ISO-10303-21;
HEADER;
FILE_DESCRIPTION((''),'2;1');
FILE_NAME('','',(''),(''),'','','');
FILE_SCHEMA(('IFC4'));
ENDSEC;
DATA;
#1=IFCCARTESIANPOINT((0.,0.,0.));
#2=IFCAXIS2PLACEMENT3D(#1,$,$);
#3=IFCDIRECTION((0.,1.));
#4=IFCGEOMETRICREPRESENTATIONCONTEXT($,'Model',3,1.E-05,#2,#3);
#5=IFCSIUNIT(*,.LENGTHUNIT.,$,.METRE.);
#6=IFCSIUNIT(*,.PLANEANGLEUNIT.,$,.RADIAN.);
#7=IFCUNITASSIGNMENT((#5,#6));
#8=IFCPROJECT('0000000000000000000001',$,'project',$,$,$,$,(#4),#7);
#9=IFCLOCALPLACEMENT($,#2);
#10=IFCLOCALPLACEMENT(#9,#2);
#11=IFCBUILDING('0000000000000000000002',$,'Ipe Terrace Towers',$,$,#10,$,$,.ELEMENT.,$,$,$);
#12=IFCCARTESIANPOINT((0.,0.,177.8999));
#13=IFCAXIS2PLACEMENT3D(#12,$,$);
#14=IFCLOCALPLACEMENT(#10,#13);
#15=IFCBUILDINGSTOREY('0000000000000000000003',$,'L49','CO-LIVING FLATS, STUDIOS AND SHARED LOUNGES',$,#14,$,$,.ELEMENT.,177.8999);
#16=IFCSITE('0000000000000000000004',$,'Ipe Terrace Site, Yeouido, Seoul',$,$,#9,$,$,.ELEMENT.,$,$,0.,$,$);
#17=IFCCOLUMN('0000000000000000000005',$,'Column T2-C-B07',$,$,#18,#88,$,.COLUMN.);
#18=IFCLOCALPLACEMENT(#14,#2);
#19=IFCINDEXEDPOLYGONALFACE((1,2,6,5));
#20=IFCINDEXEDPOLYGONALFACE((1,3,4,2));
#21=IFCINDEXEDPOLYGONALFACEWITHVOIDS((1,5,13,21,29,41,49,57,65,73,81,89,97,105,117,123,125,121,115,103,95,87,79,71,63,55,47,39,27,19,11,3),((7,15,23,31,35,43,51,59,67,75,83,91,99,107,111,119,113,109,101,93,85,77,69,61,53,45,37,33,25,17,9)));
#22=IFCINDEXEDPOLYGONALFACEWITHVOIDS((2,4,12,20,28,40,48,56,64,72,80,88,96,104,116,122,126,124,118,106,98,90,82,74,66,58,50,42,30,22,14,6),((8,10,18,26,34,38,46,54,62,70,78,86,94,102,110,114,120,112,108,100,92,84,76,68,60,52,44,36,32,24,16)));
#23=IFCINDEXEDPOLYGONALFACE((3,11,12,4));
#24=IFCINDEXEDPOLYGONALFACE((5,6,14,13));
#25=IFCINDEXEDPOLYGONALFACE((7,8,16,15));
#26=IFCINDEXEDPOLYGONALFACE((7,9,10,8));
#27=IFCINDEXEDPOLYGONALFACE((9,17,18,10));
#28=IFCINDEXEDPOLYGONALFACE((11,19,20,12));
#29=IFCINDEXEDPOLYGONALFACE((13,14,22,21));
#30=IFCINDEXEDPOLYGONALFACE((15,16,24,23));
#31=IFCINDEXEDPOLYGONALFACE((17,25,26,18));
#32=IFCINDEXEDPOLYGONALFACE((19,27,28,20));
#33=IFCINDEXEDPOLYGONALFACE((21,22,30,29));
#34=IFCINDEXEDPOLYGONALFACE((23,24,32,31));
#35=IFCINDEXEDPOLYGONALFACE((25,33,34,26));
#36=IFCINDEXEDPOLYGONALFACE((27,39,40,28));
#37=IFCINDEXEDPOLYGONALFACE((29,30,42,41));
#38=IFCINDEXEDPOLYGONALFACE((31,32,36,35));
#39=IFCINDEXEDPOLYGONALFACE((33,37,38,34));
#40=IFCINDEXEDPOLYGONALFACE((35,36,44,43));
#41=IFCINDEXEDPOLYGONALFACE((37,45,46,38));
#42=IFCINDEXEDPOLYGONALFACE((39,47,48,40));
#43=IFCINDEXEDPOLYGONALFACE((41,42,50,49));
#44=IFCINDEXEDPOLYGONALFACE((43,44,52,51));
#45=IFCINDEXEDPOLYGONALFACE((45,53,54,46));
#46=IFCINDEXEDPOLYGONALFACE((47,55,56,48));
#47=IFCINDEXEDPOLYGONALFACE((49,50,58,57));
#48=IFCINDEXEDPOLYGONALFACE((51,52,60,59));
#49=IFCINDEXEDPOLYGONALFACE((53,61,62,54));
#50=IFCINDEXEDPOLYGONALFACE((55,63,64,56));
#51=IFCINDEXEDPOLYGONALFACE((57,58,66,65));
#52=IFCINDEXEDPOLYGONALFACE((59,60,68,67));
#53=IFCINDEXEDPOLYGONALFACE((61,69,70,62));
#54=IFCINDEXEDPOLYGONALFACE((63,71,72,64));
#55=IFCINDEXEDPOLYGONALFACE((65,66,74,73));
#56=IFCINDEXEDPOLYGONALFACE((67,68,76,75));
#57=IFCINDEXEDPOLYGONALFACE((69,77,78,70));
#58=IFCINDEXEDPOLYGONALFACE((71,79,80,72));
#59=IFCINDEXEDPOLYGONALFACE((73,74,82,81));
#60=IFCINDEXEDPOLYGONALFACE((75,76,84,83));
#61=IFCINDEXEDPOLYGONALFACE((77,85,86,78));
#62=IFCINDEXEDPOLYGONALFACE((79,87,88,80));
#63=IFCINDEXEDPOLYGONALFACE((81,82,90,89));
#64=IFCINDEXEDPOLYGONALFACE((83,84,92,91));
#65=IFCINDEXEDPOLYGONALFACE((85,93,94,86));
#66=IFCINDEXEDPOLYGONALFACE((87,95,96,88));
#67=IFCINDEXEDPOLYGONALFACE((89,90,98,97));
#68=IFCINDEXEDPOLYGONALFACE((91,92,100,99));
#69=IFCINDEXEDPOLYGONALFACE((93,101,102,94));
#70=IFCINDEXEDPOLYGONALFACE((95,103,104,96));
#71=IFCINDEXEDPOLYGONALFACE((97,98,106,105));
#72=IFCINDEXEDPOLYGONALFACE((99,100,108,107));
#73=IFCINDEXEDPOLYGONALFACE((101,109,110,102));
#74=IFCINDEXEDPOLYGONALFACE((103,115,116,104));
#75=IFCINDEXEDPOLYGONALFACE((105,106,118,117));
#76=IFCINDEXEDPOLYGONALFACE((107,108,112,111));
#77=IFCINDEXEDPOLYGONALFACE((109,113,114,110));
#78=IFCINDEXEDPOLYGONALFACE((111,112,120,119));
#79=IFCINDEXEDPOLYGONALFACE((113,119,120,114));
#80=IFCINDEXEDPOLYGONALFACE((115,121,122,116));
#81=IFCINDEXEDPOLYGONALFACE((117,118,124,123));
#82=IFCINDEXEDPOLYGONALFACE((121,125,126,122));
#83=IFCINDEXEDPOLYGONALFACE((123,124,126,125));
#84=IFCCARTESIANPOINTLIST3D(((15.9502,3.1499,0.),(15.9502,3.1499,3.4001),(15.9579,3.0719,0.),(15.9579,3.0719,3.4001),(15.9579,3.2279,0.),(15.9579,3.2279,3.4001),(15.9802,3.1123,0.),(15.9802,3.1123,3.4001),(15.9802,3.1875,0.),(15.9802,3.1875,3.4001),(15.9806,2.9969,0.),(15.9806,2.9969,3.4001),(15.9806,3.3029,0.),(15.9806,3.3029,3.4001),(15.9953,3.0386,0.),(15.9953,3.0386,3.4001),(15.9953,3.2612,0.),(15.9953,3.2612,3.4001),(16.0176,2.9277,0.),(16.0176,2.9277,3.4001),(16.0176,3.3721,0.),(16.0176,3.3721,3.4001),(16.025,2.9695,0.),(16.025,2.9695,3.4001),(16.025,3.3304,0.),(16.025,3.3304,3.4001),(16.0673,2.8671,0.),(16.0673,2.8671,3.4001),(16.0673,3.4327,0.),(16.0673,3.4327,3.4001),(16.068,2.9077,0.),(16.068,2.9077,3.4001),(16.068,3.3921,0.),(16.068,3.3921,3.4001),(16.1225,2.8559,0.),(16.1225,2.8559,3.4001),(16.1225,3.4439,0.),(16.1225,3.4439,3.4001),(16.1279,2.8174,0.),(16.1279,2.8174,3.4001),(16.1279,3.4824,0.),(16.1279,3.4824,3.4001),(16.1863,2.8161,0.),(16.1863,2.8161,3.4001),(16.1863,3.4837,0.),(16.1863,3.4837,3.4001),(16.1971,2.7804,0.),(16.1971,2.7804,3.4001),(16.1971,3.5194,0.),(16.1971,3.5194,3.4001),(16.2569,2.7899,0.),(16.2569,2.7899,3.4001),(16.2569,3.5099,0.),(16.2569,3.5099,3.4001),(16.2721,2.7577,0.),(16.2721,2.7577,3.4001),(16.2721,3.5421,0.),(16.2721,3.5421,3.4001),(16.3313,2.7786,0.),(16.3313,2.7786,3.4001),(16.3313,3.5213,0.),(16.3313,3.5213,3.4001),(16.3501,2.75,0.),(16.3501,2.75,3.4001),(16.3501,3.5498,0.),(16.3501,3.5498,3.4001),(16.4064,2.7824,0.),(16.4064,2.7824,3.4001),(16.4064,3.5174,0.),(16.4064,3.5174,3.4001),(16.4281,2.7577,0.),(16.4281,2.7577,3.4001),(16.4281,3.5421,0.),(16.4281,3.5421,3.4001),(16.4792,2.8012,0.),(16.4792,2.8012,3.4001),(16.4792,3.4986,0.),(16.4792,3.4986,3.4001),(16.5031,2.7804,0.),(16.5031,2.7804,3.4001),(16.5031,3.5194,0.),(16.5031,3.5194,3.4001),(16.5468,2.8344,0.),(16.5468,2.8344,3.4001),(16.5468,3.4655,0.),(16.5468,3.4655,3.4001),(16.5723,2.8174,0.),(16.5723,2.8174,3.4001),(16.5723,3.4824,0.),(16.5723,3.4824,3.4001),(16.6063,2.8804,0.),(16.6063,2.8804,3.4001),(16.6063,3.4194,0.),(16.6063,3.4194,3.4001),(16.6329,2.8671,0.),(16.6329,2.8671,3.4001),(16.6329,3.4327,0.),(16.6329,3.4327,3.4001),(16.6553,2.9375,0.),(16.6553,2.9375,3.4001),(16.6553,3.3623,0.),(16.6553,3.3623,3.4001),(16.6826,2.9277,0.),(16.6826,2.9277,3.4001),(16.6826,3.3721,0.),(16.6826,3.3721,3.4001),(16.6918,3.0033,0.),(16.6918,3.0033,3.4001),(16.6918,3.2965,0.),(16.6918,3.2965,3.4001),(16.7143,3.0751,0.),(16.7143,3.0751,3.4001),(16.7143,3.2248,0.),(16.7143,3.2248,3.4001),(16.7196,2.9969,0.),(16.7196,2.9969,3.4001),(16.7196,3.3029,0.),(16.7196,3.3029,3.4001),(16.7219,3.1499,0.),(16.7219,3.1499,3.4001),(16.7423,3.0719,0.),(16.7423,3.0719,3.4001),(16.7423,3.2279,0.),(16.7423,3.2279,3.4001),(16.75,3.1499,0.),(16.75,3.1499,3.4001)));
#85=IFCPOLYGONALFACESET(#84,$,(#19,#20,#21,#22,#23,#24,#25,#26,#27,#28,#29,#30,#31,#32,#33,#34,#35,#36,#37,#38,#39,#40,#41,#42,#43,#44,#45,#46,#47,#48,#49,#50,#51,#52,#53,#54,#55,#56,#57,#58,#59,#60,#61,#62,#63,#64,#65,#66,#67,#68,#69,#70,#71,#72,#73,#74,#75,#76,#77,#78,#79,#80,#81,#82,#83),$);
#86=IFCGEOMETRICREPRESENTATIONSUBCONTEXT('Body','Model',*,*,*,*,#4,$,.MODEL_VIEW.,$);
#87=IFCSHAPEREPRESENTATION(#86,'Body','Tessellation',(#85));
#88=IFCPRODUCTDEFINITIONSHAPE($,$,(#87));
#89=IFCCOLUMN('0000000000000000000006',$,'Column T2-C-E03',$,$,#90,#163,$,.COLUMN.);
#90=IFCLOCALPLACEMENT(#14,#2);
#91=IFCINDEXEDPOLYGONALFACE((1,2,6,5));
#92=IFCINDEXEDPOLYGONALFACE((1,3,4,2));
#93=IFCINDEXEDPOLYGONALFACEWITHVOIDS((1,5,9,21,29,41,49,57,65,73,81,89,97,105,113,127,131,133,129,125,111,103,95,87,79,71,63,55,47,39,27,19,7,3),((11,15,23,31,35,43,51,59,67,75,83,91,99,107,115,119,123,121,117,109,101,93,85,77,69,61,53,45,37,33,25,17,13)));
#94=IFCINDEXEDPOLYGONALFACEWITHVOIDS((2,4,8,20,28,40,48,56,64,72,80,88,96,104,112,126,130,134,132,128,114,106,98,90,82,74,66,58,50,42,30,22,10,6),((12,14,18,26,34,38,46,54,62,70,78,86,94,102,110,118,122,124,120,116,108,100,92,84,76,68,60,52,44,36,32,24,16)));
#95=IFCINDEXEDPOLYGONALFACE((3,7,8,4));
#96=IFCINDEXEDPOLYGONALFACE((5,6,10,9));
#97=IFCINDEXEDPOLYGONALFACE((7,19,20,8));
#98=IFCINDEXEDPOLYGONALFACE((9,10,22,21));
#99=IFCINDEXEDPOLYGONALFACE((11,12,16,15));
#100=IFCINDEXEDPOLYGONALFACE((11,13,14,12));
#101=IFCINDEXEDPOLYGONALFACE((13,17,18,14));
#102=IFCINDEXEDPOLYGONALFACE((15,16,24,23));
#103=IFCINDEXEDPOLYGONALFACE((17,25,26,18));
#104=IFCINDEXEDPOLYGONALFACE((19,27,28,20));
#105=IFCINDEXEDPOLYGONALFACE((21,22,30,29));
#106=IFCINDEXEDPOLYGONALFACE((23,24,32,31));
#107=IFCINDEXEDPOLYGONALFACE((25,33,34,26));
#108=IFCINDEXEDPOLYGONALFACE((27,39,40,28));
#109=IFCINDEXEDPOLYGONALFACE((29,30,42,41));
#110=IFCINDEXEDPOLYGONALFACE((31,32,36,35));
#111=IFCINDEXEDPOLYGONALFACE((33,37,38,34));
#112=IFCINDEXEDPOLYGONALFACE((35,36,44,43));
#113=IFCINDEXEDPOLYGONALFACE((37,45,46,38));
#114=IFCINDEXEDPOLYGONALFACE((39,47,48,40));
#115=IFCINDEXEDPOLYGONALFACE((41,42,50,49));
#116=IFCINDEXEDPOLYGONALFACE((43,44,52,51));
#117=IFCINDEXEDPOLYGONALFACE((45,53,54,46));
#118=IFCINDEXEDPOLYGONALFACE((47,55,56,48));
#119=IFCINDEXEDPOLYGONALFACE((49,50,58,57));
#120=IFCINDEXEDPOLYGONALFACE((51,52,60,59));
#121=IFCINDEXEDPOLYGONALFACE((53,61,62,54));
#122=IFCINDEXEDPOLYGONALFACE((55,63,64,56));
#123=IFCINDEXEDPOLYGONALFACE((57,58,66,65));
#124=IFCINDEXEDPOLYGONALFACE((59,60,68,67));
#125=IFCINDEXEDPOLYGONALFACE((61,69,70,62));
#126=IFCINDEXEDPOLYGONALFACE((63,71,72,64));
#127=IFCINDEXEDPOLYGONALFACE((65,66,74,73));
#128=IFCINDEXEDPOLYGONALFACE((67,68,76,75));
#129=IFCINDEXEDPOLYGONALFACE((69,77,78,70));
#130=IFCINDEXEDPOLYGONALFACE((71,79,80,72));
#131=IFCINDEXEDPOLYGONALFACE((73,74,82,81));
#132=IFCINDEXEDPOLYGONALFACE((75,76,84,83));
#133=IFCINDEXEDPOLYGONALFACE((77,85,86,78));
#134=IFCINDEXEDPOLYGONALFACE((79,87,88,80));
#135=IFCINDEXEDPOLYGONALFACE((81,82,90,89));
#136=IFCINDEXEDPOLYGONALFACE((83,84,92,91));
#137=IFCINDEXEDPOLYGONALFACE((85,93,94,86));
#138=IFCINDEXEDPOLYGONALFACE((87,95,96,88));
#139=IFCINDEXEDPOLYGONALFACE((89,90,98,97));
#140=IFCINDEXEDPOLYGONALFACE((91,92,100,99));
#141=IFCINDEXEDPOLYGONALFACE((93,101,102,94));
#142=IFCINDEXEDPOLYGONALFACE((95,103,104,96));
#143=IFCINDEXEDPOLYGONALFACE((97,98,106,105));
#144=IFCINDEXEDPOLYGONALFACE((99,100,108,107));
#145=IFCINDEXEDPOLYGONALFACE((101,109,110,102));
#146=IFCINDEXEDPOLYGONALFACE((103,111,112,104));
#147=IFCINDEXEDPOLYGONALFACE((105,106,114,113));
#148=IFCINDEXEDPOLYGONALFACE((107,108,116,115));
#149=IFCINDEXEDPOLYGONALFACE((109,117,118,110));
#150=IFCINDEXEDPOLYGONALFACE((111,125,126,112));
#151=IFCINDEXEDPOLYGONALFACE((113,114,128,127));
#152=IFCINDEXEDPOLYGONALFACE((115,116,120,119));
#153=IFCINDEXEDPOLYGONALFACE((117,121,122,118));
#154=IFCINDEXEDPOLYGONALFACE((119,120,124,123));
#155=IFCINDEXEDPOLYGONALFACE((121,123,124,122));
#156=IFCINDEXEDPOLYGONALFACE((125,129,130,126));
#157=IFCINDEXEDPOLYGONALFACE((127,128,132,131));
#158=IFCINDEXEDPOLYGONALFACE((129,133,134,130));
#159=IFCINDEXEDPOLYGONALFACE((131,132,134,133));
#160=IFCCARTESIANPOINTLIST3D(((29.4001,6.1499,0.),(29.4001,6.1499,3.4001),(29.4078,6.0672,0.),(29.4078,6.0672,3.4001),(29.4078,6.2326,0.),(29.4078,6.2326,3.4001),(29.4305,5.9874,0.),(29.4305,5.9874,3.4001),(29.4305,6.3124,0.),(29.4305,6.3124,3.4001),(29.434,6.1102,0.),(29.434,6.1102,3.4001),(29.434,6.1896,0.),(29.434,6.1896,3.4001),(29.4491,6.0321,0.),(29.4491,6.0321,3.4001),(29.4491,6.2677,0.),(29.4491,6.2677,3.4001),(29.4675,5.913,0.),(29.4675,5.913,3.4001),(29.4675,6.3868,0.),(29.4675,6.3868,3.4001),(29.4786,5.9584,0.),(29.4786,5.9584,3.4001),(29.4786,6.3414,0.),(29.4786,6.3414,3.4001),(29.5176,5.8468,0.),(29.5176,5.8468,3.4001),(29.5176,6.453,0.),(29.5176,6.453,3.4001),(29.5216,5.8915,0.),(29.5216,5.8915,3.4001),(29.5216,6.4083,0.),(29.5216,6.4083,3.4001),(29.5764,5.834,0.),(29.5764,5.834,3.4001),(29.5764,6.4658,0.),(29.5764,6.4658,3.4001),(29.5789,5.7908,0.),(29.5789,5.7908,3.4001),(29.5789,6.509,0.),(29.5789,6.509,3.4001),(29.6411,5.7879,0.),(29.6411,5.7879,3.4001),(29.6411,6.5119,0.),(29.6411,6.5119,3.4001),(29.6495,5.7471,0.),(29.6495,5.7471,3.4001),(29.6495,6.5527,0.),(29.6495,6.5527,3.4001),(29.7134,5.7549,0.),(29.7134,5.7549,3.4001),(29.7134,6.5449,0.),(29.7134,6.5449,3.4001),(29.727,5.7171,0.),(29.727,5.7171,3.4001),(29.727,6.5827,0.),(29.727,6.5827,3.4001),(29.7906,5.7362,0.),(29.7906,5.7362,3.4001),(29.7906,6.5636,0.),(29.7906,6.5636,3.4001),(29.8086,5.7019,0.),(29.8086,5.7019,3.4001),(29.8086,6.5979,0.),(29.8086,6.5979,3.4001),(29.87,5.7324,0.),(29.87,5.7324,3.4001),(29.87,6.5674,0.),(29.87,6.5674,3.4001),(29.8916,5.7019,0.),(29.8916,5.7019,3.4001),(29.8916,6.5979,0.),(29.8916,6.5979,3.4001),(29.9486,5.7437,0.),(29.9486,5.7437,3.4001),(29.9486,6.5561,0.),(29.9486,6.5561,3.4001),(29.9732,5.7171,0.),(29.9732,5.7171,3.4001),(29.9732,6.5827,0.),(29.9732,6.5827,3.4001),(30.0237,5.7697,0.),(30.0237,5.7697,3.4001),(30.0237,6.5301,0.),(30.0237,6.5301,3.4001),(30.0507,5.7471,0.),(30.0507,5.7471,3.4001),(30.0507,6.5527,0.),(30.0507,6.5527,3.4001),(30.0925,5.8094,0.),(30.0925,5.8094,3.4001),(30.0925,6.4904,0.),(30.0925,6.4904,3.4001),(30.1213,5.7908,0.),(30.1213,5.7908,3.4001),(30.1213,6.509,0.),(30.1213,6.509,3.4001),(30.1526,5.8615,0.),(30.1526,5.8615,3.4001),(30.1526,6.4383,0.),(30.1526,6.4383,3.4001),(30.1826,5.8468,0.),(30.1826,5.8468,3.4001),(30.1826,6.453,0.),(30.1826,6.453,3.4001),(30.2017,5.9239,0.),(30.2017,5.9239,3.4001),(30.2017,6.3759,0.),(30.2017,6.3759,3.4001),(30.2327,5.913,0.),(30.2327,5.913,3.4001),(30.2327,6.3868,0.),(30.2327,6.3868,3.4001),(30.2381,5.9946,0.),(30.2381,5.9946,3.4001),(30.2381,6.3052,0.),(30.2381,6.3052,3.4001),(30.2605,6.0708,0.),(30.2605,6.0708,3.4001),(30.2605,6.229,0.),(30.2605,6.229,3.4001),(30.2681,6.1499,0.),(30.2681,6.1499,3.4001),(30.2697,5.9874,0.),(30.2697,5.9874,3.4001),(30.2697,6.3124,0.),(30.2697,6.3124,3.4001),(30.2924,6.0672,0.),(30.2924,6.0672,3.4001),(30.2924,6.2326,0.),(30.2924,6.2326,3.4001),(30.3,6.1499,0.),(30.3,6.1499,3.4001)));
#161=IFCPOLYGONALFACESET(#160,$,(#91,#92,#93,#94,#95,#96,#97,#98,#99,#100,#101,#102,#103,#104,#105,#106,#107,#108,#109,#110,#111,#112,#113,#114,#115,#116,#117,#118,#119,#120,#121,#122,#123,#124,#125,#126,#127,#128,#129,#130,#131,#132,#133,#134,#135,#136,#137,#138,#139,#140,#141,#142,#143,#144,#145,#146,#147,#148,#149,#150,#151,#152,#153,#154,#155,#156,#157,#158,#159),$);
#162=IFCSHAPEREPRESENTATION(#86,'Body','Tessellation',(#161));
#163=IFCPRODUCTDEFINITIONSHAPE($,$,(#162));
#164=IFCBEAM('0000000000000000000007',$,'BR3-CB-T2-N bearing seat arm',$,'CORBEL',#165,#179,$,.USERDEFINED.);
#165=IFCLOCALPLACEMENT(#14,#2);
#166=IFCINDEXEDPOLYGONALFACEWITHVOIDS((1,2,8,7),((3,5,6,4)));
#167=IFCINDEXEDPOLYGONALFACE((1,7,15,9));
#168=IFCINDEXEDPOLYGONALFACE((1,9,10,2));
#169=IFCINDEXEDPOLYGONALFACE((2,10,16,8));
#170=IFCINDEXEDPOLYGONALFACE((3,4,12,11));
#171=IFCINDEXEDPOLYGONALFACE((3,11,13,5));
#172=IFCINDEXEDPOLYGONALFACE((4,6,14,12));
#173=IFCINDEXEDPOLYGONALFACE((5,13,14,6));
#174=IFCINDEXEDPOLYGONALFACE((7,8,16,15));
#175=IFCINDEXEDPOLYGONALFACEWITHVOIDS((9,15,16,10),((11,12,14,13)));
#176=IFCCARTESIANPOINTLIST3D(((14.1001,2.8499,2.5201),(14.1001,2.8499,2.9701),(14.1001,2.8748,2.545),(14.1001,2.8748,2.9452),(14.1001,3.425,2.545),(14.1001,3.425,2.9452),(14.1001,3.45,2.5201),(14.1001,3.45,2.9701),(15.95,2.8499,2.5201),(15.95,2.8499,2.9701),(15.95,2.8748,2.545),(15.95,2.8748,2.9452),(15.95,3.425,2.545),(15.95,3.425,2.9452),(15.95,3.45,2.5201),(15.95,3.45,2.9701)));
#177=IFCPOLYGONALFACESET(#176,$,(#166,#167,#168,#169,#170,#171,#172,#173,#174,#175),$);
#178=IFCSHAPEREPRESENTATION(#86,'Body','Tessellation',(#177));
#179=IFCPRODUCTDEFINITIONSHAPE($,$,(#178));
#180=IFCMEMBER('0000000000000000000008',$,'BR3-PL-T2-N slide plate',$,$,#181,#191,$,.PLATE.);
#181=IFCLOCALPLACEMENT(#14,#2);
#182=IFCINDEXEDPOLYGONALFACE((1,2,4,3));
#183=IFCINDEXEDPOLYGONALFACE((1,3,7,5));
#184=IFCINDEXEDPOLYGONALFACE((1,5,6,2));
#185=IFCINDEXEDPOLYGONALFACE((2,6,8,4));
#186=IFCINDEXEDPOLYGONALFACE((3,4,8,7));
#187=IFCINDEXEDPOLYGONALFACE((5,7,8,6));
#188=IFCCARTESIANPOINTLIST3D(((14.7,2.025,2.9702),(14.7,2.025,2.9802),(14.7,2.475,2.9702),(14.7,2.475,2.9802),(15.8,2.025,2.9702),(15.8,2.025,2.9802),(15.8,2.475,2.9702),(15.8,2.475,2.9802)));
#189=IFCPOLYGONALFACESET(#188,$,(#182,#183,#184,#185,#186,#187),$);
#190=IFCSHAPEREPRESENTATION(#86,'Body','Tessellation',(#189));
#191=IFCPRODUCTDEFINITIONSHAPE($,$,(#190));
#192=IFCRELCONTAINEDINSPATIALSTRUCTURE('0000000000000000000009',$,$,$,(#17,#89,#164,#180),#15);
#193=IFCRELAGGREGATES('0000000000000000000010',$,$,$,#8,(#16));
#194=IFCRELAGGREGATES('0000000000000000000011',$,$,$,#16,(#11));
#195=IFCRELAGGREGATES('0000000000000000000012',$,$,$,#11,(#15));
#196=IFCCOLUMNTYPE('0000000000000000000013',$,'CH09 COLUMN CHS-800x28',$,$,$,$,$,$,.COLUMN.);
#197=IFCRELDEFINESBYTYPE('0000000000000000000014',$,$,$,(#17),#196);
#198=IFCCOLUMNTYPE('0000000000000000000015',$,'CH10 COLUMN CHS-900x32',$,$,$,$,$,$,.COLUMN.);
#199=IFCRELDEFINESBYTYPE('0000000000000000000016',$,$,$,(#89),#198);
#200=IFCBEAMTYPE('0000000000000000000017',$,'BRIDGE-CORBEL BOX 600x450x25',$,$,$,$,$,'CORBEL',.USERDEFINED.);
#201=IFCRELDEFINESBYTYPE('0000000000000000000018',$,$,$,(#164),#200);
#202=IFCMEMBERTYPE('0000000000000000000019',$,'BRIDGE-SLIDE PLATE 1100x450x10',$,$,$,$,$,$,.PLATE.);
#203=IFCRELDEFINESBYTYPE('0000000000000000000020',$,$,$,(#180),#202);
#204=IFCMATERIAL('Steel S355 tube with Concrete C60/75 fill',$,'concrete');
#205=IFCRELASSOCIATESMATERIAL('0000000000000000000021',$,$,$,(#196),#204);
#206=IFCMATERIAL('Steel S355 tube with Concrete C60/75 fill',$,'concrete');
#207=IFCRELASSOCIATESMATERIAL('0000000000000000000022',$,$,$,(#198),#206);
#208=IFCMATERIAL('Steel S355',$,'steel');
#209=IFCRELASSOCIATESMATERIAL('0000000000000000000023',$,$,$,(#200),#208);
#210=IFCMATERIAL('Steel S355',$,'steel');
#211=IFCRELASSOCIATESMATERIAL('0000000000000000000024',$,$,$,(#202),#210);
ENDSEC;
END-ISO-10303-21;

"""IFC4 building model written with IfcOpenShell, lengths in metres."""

from ifc_helpers import new_model, si_unit, direction, frame, origin, origin_2d, place, context, subcontext, project, spatial, rectangle, hollow_rectangle, hollow_circle, extrude, material, material_profile, profile_set, type_object, element, save


model = new_model("IFC4")

# Units and contexts
model_context = context("Model", 3, precision=1e-05, world=origin(), true_north=direction((0.0, 1.0)))
body_context = subcontext(model_context, "Body", "Model", "MODEL_VIEW")
ifc_project = project(units=[si_unit("LENGTHUNIT", "METRE"), si_unit("PLANEANGLEUNIT", "RADIAN")], contexts=[model_context])

# Site, building, storey
site_placement = place(None, origin())
site = spatial("IfcSite", under=ifc_project, at=site_placement, Name="Ipe Terrace Site, Yeouido, Seoul", CompositionType="ELEMENT", RefElevation=0.0)
building_placement = place(site_placement, origin())
building = spatial("IfcBuilding", under=site, at=building_placement, Name="Ipe Terrace Towers", CompositionType="ELEMENT")
storey_placement = place(building_placement, frame((0.0, 0.0, 177.8999)))
storey = spatial("IfcBuildingStorey", under=building, at=storey_placement, Name="L49", Description="CO-LIVING FLATS, STUDIOS AND SHARED LOUNGES", CompositionType="ELEMENT", Elevation=177.8999)

# Columns
ifc_material_1 = material(Name="Steel S355 tube with Concrete C60/75 fill", Category="concrete")
ifc_material_profile_1 = material_profile(ifc_material_1, hollow_circle(Radius=0.3999, WallThickness=0.0281, at=origin_2d()), Name="CHS-800x28")
ifc_profile_set_1 = profile_set([ifc_material_profile_1], Name="Steel S355 tube with Concrete C60/75 fill")
column_type_1 = type_object("IfcColumnType", Name="CH09 COLUMN CHS-800x28", PredefinedType="COLUMN", material=ifc_profile_set_1)
for number, where, z_axis, x_axis, name in (
    (1, (16.3501, 3.1499, 0.0), (0.0, 0.0, 1.0), (1.0, 0.0, 0.0), "Column T2-C-B07"),
):
    element("IfcColumn", number, at=place(storey_placement, frame(where, z_axis=z_axis, x_axis=x_axis)), inside=storey, type_object=column_type_1, Name=name, PredefinedType="COLUMN", context=body_context, shape_type="SweptSolid", body=[
        extrude(hollow_circle(Radius=0.3999, WallThickness=0.0281, at=origin_2d()), origin(), (0.0, 0.0, 1.0), 3.4001),
    ])
ifc_material_2 = material(Name="Steel S355 tube with Concrete C60/75 fill", Category="concrete")
ifc_material_profile_2 = material_profile(ifc_material_2, hollow_circle(Radius=0.45, WallThickness=0.032, at=origin_2d()), Name="CHS-900x32")
ifc_profile_set_2 = profile_set([ifc_material_profile_2], Name="Steel S355 tube with Concrete C60/75 fill")
column_type_2 = type_object("IfcColumnType", Name="CH10 COLUMN CHS-900x32", PredefinedType="COLUMN", material=ifc_profile_set_2)
column_placement = place(storey_placement, frame((29.8501, 6.1499, 0.0), z_axis=(0.0, 0.0, 1.0), x_axis=(1.0, 0.0, 0.0)))
element("IfcColumn", 2, at=column_placement, inside=storey, type_object=column_type_2, Name="Column T2-C-E03", PredefinedType="COLUMN", context=body_context, shape_type="SweptSolid", body=[
    extrude(hollow_circle(Radius=0.45, WallThickness=0.032, at=origin_2d()), origin(), (0.0, 0.0, 1.0), 3.4001),
])

# Beam
ifc_material_3 = material(Name="Steel S355", Category="steel")
ifc_material_profile_3 = material_profile(ifc_material_3, hollow_rectangle(XDim=0.6001, YDim=0.45, WallThickness=0.0249, at=origin_2d()), Name="BRIDGE-CORBEL BOX 600x450x25")
ifc_profile_set_3 = profile_set([ifc_material_profile_3], Name="Steel S355")
beam_type_1 = type_object("IfcBeamType", Name="BRIDGE-CORBEL BOX 600x450x25", ElementType="CORBEL", PredefinedType="USERDEFINED", material=ifc_profile_set_3)
beam_1_placement = place(storey_placement, frame((15.95, 3.1499, 2.7451), z_axis=(-1.0, 0.0, 0.0), x_axis=(0.0, -1.0, 0.0)))
element("IfcBeam", 3, at=beam_1_placement, inside=storey, type_object=beam_type_1, Name="BR3-CB-T2-N bearing seat arm", ObjectType="CORBEL", PredefinedType="USERDEFINED", context=body_context, shape_type="SweptSolid", body=[
    extrude(hollow_rectangle(XDim=0.6001, YDim=0.45, WallThickness=0.0249, at=origin_2d()), origin(), (0.0, 0.0, 1.0), 1.8499),
])

# Member
ifc_material_4 = material(Name="Steel S355", Category="steel")
member_type_1 = type_object("IfcMemberType", Name="BRIDGE-SLIDE PLATE 1100x450x10", PredefinedType="PLATE", material=ifc_material_4)
member_1_placement = place(storey_placement, frame((15.25, 2.25, 2.9702), z_axis=(0.0, 0.0, 1.0), x_axis=(1.0, 0.0, 0.0)))
element("IfcMember", 4, at=member_1_placement, inside=storey, type_object=member_type_1, Name="BR3-PL-T2-N slide plate", PredefinedType="PLATE", context=body_context, shape_type="SweptSolid", body=[
    extrude(rectangle(XDim=1.1001, YDim=0.45, at=origin_2d()), origin(), (0.0, 0.0, 1.0), 0.01),
])

save(model, "model.ifc")
